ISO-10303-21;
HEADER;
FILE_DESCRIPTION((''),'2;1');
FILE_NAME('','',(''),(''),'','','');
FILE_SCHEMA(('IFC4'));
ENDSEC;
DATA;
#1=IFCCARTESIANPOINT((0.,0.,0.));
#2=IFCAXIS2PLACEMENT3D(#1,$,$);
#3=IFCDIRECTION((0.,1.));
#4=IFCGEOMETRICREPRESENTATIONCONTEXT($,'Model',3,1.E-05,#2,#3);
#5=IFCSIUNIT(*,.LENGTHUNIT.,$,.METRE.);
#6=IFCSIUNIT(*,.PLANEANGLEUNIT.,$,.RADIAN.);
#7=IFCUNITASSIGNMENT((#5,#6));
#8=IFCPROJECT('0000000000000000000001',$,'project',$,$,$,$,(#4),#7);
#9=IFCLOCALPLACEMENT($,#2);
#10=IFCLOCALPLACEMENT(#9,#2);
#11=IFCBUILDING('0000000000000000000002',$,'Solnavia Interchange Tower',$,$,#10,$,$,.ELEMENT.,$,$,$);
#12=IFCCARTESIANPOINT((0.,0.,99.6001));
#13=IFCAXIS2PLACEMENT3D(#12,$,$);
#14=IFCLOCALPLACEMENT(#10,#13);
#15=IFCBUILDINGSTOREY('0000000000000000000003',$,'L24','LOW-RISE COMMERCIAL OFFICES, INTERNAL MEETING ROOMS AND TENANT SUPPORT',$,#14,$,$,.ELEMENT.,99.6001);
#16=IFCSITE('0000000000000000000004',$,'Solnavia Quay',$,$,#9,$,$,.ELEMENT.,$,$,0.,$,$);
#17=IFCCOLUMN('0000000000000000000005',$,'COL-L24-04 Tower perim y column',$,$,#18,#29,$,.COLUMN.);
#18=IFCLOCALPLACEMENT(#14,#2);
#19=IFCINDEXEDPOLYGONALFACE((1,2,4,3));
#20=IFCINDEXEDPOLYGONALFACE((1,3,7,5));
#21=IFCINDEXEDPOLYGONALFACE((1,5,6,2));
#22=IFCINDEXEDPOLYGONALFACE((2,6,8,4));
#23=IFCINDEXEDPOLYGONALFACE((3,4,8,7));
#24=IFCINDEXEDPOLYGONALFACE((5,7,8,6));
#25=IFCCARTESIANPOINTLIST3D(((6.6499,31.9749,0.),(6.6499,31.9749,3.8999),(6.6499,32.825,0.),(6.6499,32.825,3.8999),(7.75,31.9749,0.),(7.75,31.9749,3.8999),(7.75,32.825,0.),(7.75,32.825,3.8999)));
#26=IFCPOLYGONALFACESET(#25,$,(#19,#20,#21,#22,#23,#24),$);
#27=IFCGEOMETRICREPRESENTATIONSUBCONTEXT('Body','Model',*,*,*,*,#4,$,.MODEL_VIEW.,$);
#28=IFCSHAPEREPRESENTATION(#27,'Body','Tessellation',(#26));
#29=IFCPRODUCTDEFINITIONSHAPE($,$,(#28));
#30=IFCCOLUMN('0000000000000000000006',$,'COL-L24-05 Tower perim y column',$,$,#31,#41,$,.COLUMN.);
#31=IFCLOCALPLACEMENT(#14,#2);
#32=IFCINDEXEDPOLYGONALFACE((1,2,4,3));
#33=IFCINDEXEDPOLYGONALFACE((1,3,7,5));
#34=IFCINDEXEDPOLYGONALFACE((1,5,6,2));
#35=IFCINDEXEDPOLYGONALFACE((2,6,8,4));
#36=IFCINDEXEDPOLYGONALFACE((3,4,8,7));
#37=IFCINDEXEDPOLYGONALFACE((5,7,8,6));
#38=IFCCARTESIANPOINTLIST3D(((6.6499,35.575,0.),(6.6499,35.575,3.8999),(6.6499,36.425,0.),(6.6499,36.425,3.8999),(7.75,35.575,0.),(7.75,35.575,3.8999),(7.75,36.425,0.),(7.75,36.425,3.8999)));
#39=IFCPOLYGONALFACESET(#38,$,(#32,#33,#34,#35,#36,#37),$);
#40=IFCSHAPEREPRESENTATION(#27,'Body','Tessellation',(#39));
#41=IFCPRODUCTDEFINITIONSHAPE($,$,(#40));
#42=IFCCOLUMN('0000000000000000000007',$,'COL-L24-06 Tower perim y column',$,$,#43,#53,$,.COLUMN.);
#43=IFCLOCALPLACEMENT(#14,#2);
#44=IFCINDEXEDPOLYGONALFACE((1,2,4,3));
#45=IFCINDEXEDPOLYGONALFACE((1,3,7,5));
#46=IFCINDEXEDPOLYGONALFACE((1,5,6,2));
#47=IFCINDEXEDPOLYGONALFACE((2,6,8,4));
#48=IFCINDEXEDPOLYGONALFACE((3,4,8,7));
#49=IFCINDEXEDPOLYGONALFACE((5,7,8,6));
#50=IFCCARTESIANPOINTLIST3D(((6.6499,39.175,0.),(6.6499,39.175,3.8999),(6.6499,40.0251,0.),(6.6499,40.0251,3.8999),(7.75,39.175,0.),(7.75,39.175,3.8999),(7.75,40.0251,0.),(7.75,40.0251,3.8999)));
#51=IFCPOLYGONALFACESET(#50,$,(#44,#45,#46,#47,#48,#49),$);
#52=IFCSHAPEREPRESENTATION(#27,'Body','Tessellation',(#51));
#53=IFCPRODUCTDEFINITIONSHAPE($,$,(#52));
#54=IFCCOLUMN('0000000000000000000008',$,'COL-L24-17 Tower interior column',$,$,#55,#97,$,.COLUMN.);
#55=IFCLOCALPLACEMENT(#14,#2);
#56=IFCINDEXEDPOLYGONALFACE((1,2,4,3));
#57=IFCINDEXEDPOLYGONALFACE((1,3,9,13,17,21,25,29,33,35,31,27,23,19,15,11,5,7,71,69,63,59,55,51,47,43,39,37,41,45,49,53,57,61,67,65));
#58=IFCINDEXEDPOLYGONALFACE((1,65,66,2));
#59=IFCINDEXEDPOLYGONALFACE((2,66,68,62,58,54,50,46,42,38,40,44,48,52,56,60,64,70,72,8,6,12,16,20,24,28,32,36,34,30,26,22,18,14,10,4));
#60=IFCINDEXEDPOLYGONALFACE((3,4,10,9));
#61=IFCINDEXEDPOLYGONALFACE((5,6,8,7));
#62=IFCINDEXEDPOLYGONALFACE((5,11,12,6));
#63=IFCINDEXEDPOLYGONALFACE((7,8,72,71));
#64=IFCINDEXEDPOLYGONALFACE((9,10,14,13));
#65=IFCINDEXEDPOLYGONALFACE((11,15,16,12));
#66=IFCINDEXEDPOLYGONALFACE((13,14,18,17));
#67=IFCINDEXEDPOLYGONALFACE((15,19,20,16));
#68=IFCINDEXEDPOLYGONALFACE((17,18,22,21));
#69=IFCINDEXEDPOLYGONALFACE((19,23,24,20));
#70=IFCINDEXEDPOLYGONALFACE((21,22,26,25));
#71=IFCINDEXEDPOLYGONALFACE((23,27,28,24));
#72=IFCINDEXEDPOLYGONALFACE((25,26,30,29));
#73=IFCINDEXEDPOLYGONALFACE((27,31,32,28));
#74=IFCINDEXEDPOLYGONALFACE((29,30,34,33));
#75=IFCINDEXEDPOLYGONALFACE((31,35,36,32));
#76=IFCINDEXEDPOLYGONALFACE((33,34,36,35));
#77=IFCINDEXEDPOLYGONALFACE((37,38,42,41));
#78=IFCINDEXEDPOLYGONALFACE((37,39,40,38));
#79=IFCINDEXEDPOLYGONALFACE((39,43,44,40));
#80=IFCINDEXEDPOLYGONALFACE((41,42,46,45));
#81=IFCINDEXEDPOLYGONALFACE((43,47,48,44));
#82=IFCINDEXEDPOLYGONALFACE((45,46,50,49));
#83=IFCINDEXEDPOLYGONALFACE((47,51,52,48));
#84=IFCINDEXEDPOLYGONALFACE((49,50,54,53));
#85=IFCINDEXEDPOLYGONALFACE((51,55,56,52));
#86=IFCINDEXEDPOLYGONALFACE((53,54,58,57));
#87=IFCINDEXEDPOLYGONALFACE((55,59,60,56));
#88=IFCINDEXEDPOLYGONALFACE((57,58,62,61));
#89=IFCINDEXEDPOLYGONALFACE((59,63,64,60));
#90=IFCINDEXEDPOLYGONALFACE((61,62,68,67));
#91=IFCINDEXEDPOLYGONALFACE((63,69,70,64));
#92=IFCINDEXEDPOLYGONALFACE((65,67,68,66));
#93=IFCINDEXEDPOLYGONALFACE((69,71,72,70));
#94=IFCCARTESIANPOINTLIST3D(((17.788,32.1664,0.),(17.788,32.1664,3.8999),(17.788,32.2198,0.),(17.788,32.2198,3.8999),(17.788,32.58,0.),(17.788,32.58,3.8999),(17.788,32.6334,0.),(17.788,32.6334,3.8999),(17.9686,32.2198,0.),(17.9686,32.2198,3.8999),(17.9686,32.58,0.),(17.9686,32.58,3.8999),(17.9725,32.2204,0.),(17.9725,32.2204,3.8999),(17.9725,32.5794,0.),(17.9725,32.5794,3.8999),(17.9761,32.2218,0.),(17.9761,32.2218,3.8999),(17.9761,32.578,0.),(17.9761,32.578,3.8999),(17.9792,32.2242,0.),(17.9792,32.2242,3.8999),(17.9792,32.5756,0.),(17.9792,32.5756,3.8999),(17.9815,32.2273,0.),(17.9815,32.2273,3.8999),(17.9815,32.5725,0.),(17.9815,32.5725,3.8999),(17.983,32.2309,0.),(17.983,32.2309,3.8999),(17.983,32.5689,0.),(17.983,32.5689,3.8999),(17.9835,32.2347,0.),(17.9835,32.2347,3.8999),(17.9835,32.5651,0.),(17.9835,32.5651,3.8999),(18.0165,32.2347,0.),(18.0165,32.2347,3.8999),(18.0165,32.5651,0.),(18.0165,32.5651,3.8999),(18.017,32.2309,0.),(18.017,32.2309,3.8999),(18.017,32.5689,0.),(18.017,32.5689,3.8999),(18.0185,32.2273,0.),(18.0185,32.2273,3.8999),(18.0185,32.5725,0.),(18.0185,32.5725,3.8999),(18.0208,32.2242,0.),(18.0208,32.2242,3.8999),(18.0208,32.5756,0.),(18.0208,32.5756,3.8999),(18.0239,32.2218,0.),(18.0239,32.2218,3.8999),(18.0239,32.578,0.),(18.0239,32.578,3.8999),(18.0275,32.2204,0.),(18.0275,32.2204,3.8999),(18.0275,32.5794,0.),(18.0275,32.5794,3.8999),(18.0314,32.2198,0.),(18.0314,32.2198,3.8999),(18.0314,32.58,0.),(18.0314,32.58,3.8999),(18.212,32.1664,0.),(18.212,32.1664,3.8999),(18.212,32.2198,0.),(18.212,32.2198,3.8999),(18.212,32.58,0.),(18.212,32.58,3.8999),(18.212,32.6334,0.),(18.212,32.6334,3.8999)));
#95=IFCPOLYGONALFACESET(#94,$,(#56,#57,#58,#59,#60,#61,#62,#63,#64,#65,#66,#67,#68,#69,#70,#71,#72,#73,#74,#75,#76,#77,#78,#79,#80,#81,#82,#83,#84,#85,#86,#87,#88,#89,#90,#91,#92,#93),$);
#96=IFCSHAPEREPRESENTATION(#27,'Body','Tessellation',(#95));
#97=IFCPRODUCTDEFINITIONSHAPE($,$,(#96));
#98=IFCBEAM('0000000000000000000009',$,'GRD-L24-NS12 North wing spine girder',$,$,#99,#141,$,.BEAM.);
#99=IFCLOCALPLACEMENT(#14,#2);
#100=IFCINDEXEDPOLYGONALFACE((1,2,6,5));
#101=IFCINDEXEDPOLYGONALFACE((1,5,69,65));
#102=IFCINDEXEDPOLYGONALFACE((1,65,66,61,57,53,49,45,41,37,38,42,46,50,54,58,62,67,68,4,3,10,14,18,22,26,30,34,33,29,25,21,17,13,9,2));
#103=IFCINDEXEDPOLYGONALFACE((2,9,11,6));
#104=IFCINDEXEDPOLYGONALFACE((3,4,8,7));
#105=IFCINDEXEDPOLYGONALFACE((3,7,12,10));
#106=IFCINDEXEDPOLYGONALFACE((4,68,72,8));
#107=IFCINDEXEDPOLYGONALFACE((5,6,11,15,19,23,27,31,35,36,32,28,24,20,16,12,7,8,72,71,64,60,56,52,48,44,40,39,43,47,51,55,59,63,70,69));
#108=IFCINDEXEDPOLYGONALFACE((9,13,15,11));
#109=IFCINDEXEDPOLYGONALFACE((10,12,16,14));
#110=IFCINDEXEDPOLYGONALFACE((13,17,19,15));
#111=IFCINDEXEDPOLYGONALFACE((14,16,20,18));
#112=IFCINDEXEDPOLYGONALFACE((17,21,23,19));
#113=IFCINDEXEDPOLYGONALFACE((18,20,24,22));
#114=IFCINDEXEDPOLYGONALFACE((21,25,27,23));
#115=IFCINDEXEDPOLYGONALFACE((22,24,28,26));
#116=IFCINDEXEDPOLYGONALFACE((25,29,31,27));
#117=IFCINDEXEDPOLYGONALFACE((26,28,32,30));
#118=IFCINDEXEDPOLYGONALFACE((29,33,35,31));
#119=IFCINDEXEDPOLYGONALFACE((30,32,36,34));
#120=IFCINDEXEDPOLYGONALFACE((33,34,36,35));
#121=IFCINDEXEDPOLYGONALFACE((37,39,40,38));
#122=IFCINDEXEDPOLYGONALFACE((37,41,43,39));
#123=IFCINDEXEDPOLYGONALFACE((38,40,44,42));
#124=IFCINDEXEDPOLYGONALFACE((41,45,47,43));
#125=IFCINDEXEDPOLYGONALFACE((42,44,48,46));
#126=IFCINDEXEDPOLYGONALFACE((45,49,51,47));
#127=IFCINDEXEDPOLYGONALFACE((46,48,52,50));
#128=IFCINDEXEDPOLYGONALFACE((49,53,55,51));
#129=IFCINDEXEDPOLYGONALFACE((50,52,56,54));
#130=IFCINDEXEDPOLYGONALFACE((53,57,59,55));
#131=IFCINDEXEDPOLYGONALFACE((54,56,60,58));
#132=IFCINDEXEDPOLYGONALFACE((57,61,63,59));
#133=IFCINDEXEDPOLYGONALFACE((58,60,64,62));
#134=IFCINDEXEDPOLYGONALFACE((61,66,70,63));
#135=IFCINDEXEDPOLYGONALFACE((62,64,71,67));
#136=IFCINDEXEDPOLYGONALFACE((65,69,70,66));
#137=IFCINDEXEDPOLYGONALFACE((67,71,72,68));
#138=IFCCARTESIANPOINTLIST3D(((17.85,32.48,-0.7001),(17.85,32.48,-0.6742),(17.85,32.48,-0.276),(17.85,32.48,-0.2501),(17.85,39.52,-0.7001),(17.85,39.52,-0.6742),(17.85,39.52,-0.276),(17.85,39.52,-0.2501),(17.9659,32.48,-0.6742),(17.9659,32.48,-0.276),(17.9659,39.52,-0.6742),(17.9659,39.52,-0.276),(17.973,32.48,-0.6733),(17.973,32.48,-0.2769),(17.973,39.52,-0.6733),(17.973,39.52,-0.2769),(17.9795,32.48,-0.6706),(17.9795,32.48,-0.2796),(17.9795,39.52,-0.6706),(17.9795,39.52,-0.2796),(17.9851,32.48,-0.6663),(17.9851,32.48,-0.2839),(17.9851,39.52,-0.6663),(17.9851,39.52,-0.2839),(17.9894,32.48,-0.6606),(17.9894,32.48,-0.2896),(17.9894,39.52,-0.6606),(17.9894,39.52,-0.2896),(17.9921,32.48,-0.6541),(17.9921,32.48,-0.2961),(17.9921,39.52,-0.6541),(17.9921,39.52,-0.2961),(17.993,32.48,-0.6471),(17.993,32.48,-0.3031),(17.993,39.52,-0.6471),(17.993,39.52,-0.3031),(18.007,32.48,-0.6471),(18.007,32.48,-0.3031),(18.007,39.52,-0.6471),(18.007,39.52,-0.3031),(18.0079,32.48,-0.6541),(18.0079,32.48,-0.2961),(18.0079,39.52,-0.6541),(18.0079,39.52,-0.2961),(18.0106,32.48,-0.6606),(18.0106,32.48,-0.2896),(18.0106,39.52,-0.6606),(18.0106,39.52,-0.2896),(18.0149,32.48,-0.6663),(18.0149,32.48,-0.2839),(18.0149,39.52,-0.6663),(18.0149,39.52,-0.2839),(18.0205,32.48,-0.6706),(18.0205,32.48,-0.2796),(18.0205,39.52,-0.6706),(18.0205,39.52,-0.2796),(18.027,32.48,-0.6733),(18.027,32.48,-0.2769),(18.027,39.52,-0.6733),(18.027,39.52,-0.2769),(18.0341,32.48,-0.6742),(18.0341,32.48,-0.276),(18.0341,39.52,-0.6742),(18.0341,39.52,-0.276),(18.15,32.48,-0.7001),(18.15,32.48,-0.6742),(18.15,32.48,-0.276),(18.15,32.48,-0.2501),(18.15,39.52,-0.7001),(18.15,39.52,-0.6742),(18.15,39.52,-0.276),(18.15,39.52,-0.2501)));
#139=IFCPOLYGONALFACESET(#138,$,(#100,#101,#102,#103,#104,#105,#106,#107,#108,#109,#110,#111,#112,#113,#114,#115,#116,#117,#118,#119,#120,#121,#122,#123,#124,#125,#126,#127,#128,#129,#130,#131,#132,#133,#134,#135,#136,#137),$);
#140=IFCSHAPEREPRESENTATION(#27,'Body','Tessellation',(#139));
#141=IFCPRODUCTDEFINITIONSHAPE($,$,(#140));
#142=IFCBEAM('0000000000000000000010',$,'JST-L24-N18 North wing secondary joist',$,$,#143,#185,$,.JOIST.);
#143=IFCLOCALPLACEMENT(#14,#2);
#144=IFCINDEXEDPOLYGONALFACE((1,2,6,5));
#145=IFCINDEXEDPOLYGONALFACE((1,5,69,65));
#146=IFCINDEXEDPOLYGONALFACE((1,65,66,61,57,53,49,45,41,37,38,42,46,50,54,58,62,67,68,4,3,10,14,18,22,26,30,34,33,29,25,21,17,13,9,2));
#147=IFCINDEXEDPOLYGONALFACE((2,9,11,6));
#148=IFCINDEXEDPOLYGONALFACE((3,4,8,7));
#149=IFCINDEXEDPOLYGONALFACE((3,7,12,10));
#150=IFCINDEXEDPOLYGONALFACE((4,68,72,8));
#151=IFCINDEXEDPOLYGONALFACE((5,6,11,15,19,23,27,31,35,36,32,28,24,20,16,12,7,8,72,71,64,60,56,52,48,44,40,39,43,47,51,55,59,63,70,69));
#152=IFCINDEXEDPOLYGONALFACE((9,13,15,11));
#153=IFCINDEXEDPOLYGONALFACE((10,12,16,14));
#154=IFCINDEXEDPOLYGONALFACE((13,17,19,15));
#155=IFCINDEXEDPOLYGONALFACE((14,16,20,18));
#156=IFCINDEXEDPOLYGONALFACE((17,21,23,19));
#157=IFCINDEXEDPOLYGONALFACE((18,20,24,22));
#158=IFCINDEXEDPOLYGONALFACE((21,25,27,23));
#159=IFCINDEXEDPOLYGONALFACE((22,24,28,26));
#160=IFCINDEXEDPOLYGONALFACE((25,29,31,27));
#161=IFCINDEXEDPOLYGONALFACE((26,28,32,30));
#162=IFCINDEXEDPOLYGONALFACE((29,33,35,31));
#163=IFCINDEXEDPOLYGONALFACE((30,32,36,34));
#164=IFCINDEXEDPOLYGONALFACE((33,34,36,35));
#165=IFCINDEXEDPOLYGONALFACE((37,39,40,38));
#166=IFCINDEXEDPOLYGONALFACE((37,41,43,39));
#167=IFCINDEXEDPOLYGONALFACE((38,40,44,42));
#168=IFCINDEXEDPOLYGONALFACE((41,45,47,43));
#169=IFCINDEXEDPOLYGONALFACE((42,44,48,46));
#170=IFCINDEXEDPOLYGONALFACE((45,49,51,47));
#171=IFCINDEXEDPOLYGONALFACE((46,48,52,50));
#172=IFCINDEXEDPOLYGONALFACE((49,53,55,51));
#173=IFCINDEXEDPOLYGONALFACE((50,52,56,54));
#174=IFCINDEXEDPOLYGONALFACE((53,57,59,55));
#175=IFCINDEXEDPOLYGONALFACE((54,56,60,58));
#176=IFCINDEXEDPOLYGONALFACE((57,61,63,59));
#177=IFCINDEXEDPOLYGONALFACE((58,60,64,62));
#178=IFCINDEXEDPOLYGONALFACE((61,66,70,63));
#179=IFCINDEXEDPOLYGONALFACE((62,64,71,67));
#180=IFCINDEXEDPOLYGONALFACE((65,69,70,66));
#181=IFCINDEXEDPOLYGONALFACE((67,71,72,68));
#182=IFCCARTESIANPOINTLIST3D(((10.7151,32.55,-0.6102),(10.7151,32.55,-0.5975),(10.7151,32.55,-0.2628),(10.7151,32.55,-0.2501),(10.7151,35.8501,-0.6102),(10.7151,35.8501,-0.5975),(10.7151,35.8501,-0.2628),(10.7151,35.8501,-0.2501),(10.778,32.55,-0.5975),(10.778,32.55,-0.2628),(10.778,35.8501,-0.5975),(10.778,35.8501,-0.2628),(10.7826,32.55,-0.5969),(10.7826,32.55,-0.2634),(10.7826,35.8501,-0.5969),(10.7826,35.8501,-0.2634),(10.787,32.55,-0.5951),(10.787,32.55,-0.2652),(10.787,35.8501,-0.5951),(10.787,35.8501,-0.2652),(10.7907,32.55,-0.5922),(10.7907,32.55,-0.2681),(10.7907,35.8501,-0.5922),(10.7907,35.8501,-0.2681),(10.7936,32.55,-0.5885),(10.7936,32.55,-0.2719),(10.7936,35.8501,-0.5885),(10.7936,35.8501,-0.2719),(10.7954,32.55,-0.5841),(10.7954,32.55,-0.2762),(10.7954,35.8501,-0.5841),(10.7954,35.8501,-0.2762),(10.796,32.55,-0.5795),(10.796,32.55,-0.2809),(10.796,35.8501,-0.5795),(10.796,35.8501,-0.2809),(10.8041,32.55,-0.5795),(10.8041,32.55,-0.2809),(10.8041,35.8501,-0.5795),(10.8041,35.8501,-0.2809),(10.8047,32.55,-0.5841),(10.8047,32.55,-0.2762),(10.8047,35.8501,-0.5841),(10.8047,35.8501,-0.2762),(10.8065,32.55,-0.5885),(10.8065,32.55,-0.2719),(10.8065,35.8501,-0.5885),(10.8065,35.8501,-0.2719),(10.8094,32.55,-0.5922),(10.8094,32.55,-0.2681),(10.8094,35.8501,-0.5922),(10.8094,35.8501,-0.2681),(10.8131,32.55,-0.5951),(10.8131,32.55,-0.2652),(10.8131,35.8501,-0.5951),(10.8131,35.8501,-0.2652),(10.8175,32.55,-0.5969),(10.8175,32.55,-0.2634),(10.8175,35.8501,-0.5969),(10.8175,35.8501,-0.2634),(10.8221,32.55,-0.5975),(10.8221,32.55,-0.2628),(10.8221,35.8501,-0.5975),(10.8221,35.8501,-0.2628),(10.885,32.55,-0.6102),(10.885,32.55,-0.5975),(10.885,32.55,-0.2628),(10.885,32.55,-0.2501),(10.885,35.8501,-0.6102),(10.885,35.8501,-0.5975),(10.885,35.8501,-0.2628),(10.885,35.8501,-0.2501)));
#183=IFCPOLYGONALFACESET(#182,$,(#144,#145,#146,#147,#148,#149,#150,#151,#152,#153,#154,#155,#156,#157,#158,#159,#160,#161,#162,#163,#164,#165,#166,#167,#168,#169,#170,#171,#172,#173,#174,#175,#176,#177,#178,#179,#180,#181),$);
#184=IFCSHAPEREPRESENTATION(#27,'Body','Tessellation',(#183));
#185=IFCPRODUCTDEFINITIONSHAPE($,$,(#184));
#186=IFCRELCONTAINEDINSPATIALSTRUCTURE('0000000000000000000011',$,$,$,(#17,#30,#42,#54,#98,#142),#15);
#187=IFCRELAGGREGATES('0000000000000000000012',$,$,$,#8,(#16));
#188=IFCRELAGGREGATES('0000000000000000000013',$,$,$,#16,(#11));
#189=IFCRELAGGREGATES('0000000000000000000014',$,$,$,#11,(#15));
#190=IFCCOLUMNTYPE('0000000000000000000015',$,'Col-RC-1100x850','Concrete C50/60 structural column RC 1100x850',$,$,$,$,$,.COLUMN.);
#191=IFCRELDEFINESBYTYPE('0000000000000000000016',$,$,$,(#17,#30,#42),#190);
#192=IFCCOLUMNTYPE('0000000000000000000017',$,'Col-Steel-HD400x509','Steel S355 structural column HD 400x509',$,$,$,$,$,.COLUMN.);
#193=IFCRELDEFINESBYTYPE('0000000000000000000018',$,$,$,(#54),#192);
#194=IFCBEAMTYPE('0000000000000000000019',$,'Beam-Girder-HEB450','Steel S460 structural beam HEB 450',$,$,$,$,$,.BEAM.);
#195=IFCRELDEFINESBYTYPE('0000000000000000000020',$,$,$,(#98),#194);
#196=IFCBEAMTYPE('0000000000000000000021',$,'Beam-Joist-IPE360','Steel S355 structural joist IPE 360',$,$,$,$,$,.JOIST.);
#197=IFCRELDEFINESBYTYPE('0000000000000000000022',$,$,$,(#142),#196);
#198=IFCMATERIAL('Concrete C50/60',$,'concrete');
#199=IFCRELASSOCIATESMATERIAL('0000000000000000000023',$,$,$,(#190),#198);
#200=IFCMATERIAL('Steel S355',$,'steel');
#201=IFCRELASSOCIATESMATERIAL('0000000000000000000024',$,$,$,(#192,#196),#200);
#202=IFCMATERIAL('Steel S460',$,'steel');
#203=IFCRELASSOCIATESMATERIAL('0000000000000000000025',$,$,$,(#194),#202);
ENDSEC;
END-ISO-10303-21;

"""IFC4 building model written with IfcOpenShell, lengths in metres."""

from ifc_helpers import new_model, si_unit, direction, frame, origin, origin_2d, place, context, subcontext, project, spatial, rectangle, i_section, extrude, material, material_profile, profile_set, type_object, element, save


model = new_model("IFC4")

# Units and contexts
model_context = context("Model", 3, precision=1e-05, world=origin(), true_north=direction((0.0, 1.0)))
body_context = subcontext(model_context, "Body", "Model", "MODEL_VIEW")
ifc_project = project(units=[si_unit("LENGTHUNIT", "METRE"), si_unit("PLANEANGLEUNIT", "RADIAN")], contexts=[model_context])

# Site, building, storey
site_placement = place(None, origin())
site = spatial("IfcSite", under=ifc_project, at=site_placement, Name="Solnavia Quay", CompositionType="ELEMENT", RefElevation=0.0)
building_placement = place(site_placement, origin())
building = spatial("IfcBuilding", under=site, at=building_placement, Name="Solnavia Interchange Tower", CompositionType="ELEMENT")
storey_placement = place(building_placement, frame((0.0, 0.0, 99.6001)))
storey = spatial("IfcBuildingStorey", under=building, at=storey_placement, Name="L24", Description="LOW-RISE COMMERCIAL OFFICES, INTERNAL MEETING ROOMS AND TENANT SUPPORT", CompositionType="ELEMENT", Elevation=99.6001)

# Columns
ifc_material_1 = material(Name="Concrete C50/60", Category="concrete")
ifc_material_profile_1 = material_profile(ifc_material_1, rectangle(XDim=0.8501, YDim=1.1001, at=origin_2d()), Name="RC 1100x850")
ifc_profile_set_1 = profile_set([ifc_material_profile_1], Name="Concrete C50/60")
column_type_1 = type_object("IfcColumnType", Name="Col-RC-1100x850", Description="Concrete C50/60 structural column RC 1100x850", PredefinedType="COLUMN", material=ifc_profile_set_1)
for number, where, z_axis, x_axis, name in (
    (1, (7.2, 32.3999, 0.0), (0.0, 0.0, 1.0), (0.0, 1.0, 0.0), "COL-L24-04 Tower perim y column"),
    (2, (7.2, 36.0, 0.0), (0.0, 0.0, 1.0), (0.0, 1.0, 0.0), "COL-L24-05 Tower perim y column"),
    (3, (7.2, 39.6001, 0.0), (0.0, 0.0, 1.0), (0.0, 1.0, 0.0), "COL-L24-06 Tower perim y column"),
):
    element("IfcColumn", number, at=place(storey_placement, frame(where, z_axis=z_axis, x_axis=x_axis)), inside=storey, type_object=column_type_1, Name=name, PredefinedType="COLUMN", context=body_context, shape_type="SweptSolid", body=[
        extrude(rectangle(XDim=0.8501, YDim=1.1001, at=origin_2d()), origin(), (0.0, 0.0, 1.0), 3.8999),
    ])
ifc_material_2 = material(Name="Steel S355", Category="steel")
ifc_material_profile_2 = material_profile(ifc_material_2, i_section(OverallWidth=0.4241, OverallDepth=0.467, WebThickness=0.033, FlangeThickness=0.0535, FilletRadius=0.0149, at=origin_2d()), Name="HD 400x509")
ifc_profile_set_2 = profile_set([ifc_material_profile_2], Name="Steel S355")
column_type_2 = type_object("IfcColumnType", Name="Col-Steel-HD400x509", Description="Steel S355 structural column HD 400x509", PredefinedType="COLUMN", material=ifc_profile_set_2)
column_placement = place(storey_placement, frame((18.0, 32.3999, 0.0), z_axis=(0.0, 0.0, 1.0), x_axis=(1.0, 0.0, 0.0)))
element("IfcColumn", 4, at=column_placement, inside=storey, type_object=column_type_2, Name="COL-L24-17 Tower interior column", PredefinedType="COLUMN", context=body_context, shape_type="SweptSolid", body=[
    extrude(i_section(OverallWidth=0.4241, OverallDepth=0.467, WebThickness=0.033, FlangeThickness=0.0535, FilletRadius=0.0149, at=origin_2d()), origin(), (0.0, 0.0, 1.0), 3.8999),
])

# Beams
ifc_material_3 = material(Name="Steel S460", Category="steel")
ifc_material_profile_3 = material_profile(ifc_material_3, i_section(OverallWidth=0.3, OverallDepth=0.45, WebThickness=0.0139, FlangeThickness=0.0259, FilletRadius=0.0271, at=origin_2d()), Name="HEB 450")
ifc_profile_set_3 = profile_set([ifc_material_profile_3], Name="Steel S460")
beam_type_1 = type_object("IfcBeamType", Name="Beam-Girder-HEB450", Description="Steel S460 structural beam HEB 450", PredefinedType="BEAM", material=ifc_profile_set_3)
beam_1_placement = place(storey_placement, frame((18.0, 32.48, -0.4751), z_axis=(0.0, 1.0, 0.0), x_axis=(-1.0, 0.0, 0.0)))
element("IfcBeam", 5, at=beam_1_placement, inside=storey, type_object=beam_type_1, Name="GRD-L24-NS12 North wing spine girder", PredefinedType="BEAM", context=body_context, shape_type="SweptSolid", body=[
    extrude(i_section(OverallWidth=0.3, OverallDepth=0.45, WebThickness=0.0139, FlangeThickness=0.0259, FilletRadius=0.0271, at=origin_2d()), origin(), (0.0, 0.0, 1.0), 7.04),
])
ifc_material_profile_4 = material_profile(ifc_material_2, i_section(OverallWidth=0.1699, OverallDepth=0.3601, WebThickness=0.0081, FlangeThickness=0.0127, FilletRadius=0.0181, at=origin_2d()), Name="IPE 360")
ifc_profile_set_4 = profile_set([ifc_material_profile_4], Name="Steel S355")
beam_type_2 = type_object("IfcBeamType", Name="Beam-Joist-IPE360", Description="Steel S355 structural joist IPE 360", PredefinedType="JOIST", material=ifc_profile_set_4)
for number, where, z_axis, x_axis, name in (
    (6, (10.8, 32.55, -0.4302), (0.0, 1.0, 0.0), (-1.0, 0.0, 0.0), "JST-L24-N18 North wing secondary joist"),
):
    element("IfcBeam", number, at=place(storey_placement, frame(where, z_axis=z_axis, x_axis=x_axis)), inside=storey, type_object=beam_type_2, Name=name, PredefinedType="JOIST", context=body_context, shape_type="SweptSolid", body=[
        extrude(i_section(OverallWidth=0.1699, OverallDepth=0.3601, WebThickness=0.0081, FlangeThickness=0.0127, FilletRadius=0.0181, at=origin_2d()), origin(), (0.0, 0.0, 1.0), 3.3),
    ])

save(model, "model.ifc")
